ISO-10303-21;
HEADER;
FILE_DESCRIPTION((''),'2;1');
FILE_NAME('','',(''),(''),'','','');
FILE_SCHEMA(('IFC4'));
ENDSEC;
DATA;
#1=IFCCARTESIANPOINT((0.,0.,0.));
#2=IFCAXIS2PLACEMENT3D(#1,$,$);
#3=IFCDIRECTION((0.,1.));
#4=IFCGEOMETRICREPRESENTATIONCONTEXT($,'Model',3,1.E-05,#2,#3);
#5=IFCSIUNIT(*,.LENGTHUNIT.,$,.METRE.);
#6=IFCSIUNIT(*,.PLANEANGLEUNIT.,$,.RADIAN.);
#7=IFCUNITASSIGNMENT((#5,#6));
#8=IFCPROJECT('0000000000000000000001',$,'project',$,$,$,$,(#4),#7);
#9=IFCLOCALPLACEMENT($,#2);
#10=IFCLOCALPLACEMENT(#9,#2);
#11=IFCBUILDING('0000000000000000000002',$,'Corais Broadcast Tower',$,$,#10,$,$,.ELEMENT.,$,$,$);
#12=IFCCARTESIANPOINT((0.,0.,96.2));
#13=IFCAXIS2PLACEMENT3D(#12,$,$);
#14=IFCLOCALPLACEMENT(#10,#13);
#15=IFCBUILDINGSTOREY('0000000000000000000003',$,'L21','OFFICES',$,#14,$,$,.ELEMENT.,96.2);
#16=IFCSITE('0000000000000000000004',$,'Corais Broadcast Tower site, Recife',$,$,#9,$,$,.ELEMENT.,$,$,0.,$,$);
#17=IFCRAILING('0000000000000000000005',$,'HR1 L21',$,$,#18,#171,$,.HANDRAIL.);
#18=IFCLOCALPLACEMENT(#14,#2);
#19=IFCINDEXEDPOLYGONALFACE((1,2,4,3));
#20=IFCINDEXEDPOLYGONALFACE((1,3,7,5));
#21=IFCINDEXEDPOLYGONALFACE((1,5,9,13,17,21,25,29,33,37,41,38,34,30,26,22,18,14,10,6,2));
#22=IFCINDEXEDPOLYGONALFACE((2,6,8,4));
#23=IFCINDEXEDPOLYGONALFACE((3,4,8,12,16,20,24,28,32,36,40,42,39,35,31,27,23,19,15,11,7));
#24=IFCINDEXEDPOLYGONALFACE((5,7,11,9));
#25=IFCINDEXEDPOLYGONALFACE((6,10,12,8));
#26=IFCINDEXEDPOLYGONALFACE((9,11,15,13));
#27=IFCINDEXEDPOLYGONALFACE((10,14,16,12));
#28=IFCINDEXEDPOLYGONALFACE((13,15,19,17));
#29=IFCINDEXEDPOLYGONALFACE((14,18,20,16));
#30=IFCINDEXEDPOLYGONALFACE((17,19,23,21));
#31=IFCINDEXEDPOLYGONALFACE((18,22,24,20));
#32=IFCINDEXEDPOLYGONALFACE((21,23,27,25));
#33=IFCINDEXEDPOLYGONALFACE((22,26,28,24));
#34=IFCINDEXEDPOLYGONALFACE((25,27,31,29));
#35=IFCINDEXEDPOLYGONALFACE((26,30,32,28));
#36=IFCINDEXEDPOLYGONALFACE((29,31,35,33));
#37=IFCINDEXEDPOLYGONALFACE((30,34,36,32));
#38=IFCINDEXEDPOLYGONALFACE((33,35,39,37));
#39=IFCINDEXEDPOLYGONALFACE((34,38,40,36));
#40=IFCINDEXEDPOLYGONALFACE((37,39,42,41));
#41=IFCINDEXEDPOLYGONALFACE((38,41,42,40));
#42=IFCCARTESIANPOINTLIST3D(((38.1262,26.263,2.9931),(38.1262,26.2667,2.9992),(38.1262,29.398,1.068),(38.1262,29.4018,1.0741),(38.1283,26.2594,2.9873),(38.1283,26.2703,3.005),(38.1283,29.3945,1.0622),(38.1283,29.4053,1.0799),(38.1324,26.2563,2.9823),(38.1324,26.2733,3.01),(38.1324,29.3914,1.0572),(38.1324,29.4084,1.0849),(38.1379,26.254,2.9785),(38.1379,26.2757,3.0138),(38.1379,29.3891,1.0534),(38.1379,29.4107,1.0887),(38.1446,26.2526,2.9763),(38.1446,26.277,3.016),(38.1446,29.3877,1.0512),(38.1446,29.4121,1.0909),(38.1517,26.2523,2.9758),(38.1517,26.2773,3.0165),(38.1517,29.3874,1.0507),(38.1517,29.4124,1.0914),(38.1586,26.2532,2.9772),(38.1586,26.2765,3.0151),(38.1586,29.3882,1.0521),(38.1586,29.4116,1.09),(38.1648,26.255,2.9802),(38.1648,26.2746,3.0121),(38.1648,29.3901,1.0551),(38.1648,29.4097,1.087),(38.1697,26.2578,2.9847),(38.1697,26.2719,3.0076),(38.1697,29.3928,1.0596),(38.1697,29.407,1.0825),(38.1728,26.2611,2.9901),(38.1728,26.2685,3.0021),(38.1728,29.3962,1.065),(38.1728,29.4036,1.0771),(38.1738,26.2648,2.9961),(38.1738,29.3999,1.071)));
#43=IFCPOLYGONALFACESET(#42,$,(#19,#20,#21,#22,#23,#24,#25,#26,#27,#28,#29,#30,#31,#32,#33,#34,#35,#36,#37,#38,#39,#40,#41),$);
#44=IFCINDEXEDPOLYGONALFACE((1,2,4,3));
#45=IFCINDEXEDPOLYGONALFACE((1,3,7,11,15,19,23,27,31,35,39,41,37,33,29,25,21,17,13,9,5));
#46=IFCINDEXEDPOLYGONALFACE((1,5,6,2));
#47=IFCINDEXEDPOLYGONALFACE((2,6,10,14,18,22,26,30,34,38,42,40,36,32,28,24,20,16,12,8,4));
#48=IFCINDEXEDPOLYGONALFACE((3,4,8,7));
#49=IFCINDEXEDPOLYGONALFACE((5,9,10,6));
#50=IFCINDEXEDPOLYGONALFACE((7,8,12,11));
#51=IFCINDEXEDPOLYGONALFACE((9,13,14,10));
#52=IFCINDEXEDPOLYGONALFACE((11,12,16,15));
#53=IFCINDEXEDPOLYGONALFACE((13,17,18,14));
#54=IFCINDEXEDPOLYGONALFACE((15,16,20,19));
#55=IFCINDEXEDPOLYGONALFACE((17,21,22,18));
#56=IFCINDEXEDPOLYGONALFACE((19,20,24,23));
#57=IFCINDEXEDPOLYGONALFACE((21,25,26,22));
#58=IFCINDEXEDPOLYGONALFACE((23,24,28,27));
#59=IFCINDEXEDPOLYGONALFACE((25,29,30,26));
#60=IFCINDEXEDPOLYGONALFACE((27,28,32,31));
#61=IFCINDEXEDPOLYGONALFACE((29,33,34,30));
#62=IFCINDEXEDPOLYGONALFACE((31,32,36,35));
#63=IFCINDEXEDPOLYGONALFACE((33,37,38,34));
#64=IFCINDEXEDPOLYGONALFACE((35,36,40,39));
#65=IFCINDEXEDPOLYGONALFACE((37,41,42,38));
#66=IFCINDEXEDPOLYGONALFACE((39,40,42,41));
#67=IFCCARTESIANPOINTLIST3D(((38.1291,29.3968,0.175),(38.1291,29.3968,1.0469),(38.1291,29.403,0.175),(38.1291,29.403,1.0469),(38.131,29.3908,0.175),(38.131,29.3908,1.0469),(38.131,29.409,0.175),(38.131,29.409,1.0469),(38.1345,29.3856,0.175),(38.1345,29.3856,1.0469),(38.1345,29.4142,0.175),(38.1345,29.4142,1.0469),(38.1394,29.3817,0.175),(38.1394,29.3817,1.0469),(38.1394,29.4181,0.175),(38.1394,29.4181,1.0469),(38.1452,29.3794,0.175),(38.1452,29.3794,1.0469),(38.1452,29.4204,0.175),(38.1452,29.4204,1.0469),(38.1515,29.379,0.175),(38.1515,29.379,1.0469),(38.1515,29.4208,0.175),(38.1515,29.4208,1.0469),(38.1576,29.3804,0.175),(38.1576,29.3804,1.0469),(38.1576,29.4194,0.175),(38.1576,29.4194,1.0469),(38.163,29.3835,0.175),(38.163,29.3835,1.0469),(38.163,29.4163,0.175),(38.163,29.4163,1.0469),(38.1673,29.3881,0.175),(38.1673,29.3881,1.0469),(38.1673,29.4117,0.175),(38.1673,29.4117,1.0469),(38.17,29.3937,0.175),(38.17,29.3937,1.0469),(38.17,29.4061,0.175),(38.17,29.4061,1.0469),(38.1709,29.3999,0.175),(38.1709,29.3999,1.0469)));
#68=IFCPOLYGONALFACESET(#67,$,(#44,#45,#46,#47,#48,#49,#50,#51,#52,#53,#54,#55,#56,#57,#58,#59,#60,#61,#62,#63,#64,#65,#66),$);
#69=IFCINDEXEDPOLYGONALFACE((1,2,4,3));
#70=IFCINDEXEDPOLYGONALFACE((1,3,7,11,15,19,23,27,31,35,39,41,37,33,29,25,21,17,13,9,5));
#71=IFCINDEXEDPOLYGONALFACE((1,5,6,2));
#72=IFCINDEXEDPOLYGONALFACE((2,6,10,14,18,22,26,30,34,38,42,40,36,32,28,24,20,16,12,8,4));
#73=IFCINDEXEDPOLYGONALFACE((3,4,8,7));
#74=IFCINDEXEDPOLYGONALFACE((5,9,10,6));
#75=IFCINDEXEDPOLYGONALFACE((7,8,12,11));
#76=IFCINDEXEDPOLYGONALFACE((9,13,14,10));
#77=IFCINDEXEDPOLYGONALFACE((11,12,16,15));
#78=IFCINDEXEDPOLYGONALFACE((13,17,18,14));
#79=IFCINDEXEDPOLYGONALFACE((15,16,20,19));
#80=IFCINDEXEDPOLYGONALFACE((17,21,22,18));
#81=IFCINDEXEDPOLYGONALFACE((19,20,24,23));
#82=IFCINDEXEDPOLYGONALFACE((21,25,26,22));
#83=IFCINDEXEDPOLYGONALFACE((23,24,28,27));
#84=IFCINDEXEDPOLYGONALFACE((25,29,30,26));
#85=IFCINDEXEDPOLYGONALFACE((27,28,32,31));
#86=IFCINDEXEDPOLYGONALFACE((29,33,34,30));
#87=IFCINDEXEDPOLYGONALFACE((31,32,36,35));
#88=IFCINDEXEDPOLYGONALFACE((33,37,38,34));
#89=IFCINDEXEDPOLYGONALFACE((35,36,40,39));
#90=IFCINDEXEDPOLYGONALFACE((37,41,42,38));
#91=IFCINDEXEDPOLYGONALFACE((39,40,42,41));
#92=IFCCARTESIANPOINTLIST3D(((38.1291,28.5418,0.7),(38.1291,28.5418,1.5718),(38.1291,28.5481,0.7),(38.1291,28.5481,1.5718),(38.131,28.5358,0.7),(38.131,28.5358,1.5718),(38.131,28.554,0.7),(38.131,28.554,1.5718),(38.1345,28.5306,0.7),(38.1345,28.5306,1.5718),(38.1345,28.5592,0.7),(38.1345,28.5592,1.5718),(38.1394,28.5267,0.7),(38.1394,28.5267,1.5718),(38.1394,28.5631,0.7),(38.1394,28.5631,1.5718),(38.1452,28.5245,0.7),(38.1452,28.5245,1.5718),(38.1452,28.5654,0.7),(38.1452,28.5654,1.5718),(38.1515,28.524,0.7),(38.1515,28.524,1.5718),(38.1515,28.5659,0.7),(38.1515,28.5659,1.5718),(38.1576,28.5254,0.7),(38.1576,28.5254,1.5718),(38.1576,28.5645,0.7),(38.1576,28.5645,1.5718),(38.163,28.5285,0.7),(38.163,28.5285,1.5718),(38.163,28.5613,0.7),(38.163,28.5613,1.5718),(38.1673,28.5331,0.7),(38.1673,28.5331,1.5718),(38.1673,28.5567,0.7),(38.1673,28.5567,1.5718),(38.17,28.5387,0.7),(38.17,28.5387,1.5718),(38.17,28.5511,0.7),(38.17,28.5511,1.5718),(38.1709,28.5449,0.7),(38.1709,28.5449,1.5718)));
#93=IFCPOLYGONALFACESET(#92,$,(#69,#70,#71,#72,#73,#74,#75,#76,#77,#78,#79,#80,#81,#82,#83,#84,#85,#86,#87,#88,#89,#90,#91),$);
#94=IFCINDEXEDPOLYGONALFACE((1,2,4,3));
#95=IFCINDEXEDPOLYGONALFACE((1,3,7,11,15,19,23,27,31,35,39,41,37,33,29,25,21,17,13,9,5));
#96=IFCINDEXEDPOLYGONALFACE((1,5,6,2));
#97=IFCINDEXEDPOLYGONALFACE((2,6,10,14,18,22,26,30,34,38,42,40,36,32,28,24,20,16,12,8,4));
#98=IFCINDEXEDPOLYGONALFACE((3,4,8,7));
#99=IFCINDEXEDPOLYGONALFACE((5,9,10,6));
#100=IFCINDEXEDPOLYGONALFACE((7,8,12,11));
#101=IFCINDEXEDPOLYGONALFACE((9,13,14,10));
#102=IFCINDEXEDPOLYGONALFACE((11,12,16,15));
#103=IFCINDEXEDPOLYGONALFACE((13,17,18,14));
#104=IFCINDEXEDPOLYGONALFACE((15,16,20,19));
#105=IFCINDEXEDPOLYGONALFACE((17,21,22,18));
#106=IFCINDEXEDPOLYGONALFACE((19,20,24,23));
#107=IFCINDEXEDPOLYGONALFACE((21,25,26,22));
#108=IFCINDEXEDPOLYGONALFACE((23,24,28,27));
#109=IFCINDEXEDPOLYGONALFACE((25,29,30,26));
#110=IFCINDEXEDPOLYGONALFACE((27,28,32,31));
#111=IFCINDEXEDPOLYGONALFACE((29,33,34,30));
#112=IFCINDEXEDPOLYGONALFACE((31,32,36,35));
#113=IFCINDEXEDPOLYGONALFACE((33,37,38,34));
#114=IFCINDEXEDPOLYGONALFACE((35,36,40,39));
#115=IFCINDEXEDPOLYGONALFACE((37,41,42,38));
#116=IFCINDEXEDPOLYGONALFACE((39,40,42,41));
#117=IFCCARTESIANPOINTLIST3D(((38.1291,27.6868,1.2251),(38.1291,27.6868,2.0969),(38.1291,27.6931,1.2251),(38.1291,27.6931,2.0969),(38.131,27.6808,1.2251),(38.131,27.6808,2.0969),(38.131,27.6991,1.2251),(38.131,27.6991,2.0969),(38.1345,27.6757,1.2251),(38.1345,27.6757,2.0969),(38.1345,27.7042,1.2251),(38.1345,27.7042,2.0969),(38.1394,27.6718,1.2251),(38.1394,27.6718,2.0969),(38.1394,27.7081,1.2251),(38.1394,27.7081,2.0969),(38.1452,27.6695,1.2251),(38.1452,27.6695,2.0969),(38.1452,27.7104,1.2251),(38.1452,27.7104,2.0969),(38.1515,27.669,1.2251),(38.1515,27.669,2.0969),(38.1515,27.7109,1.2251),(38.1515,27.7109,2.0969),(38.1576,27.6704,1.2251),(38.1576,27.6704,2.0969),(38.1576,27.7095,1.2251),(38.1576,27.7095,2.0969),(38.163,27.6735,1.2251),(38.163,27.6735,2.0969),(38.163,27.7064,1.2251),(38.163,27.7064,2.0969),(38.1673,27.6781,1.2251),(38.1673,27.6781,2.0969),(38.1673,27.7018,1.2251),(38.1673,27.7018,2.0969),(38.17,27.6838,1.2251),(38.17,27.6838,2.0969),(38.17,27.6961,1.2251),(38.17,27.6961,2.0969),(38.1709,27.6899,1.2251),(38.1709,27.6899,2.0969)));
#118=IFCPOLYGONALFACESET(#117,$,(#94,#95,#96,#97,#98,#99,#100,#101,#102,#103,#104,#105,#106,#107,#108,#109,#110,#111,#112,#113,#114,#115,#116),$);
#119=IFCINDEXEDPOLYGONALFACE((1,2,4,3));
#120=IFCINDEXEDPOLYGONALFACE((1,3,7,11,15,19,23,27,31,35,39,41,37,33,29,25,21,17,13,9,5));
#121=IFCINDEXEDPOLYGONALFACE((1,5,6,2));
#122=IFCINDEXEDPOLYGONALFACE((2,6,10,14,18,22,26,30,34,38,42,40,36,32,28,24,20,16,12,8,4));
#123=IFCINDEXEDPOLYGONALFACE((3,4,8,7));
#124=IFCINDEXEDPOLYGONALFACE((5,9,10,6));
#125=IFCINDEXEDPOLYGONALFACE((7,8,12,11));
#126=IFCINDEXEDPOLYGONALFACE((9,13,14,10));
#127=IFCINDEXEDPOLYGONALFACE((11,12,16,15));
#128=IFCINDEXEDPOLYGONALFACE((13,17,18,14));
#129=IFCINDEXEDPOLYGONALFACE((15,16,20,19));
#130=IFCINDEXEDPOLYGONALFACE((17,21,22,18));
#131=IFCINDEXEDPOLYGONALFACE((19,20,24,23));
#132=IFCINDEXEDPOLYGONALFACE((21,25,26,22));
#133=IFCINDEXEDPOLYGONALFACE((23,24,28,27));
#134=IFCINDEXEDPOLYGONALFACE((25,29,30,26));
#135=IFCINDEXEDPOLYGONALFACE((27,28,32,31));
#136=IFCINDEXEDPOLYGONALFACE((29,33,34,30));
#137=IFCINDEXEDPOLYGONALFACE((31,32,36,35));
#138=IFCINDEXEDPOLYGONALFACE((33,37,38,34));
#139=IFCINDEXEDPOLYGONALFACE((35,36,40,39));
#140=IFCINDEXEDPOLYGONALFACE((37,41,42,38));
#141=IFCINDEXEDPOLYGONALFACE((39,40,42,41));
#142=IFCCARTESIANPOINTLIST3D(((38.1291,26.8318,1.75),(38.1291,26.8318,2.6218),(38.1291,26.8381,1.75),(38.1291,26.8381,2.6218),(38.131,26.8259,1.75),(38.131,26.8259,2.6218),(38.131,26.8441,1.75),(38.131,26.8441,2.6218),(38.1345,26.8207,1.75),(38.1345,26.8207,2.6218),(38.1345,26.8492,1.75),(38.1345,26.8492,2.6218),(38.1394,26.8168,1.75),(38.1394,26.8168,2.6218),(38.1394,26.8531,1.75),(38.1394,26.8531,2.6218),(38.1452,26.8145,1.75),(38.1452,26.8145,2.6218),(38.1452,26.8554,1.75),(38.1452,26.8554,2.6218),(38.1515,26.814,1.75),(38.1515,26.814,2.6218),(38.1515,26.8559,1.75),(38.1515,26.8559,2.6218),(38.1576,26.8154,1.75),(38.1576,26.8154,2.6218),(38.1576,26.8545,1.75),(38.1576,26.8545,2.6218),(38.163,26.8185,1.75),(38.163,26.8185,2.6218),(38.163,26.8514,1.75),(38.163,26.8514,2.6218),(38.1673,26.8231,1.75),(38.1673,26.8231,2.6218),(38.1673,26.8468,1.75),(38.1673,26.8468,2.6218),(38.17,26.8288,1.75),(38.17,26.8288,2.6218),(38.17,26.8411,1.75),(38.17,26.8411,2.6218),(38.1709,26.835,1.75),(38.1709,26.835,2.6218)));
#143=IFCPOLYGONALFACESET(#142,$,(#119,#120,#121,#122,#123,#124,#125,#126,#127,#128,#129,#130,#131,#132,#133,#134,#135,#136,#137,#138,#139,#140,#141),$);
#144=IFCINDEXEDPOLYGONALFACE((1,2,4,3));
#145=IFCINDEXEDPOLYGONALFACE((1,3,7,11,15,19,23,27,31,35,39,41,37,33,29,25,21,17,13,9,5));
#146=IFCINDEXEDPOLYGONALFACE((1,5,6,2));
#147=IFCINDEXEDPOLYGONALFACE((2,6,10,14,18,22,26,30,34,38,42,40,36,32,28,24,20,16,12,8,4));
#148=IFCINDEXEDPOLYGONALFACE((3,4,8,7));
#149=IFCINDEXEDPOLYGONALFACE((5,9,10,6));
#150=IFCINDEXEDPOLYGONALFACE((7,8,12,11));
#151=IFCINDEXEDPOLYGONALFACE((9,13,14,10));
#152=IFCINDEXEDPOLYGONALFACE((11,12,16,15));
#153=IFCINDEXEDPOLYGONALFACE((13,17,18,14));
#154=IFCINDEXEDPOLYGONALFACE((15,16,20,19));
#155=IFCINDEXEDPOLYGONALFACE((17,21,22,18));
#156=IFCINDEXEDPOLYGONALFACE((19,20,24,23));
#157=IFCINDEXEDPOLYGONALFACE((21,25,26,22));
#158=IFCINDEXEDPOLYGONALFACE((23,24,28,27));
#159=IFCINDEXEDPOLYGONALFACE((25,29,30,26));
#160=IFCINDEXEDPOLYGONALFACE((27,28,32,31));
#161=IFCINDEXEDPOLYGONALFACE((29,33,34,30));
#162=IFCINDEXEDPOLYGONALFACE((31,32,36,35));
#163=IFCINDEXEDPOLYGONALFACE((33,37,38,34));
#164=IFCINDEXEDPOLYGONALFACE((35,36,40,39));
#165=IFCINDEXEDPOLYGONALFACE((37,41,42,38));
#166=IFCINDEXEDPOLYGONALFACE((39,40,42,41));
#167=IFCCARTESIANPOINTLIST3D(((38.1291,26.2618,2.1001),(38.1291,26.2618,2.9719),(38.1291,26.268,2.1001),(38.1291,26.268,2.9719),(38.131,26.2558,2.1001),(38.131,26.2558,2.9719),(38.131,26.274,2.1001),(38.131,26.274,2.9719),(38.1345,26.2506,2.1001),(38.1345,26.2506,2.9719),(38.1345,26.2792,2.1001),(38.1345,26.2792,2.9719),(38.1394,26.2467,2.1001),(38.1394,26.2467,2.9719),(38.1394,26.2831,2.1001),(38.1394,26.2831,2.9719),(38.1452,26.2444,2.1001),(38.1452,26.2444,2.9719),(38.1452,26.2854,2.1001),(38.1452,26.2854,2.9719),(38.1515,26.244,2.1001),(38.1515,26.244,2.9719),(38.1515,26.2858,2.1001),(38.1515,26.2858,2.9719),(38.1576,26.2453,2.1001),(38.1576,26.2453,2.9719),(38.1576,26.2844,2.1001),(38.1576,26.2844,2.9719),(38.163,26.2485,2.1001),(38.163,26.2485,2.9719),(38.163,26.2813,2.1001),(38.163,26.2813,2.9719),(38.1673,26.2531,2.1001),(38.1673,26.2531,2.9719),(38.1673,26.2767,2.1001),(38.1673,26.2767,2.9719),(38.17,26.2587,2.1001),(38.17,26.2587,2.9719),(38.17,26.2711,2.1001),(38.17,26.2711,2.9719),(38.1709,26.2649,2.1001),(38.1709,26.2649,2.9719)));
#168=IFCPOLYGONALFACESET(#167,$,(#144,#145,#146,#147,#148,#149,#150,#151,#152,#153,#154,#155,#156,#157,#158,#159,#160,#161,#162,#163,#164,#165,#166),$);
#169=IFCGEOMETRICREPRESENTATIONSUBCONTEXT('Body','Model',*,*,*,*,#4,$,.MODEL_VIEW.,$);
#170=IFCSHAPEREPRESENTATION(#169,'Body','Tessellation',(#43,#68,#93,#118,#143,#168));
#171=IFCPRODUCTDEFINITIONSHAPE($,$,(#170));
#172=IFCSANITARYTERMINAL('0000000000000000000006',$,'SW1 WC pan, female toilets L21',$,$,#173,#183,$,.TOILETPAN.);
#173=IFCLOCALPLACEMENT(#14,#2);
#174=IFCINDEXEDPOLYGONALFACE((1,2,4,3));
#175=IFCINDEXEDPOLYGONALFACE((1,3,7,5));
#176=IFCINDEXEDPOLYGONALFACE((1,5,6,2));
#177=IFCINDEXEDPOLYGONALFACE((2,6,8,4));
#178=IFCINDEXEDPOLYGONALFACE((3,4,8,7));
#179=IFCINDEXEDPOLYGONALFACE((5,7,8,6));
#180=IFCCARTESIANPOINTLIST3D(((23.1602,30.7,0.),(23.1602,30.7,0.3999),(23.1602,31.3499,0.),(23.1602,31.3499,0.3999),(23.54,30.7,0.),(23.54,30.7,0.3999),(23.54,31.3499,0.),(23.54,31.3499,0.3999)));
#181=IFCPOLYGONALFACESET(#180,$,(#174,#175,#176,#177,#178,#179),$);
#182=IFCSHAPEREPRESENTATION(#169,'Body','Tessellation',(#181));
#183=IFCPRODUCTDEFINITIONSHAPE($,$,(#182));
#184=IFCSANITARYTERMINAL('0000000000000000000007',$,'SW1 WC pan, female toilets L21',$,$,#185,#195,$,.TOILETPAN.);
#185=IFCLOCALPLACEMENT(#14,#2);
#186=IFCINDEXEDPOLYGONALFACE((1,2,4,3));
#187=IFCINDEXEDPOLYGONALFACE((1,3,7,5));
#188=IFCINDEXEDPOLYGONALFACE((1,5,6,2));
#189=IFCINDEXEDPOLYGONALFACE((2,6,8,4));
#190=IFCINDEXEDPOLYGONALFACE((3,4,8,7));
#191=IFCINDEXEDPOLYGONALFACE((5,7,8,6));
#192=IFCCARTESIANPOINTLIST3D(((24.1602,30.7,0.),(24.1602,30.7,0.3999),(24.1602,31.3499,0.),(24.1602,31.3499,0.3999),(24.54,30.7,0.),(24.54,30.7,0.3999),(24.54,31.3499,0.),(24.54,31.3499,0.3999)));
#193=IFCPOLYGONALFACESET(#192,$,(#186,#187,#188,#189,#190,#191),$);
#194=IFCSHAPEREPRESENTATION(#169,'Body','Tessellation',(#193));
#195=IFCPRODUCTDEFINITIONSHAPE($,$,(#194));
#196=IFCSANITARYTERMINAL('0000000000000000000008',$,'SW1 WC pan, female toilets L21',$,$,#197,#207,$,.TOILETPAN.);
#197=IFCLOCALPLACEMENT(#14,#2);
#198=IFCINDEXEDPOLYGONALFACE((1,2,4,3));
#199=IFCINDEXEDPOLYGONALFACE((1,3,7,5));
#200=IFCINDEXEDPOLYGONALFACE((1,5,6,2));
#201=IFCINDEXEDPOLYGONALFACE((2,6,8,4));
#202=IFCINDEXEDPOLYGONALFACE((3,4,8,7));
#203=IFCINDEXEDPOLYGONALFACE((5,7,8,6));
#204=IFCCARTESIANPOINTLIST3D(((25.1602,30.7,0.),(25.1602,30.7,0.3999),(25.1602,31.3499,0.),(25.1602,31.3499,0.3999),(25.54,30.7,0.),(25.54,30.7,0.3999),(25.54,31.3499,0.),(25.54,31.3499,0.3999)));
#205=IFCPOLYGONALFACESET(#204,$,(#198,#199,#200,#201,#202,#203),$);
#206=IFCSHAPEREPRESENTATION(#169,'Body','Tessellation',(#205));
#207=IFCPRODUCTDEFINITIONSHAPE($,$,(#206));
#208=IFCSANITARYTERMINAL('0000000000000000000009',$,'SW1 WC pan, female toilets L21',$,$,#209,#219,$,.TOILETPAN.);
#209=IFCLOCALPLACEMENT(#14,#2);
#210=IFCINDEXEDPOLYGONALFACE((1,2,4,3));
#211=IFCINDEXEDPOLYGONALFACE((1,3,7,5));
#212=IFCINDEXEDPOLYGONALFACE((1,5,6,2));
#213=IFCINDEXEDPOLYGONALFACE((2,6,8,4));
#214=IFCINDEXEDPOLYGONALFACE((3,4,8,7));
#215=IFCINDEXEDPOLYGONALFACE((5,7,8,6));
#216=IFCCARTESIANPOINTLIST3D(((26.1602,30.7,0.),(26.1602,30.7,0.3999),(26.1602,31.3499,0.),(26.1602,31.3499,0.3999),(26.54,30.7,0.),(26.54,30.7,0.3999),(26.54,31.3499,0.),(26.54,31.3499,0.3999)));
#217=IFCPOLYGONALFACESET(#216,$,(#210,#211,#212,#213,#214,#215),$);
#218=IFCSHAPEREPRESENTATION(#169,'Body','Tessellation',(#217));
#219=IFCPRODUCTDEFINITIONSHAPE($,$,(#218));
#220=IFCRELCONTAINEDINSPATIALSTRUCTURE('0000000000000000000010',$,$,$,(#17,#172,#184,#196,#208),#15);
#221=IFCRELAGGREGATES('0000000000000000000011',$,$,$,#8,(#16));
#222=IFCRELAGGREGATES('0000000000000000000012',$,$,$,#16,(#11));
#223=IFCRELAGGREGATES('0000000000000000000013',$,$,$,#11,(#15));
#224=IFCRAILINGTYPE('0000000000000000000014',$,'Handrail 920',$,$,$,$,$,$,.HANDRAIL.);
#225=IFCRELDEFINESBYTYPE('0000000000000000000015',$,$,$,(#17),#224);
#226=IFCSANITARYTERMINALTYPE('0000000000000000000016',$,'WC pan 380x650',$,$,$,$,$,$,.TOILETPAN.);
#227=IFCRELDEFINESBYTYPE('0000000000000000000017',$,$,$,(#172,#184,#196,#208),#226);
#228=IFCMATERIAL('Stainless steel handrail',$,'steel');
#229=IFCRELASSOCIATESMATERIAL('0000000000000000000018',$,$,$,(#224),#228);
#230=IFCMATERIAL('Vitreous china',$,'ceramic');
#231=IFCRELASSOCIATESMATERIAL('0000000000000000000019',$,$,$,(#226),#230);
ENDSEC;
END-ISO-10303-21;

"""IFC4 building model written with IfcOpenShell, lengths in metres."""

from ifc_helpers import new_model, si_unit, direction, frame, origin, origin_2d, place, context, subcontext, project, spatial, rectangle, circle, extrude, material, type_object, element, save


model = new_model("IFC4")

# Units and contexts
model_context = context("Model", 3, precision=1e-05, world=origin(), true_north=direction((0.0, 1.0)))
body_context = subcontext(model_context, "Body", "Model", "MODEL_VIEW")
ifc_project = project(units=[si_unit("LENGTHUNIT", "METRE"), si_unit("PLANEANGLEUNIT", "RADIAN")], contexts=[model_context])

# Site, building, storey
site_placement = place(None, origin())
site = spatial("IfcSite", under=ifc_project, at=site_placement, Name="Corais Broadcast Tower site, Recife", CompositionType="ELEMENT", RefElevation=0.0)
building_placement = place(site_placement, origin())
building = spatial("IfcBuilding", under=site, at=building_placement, Name="Corais Broadcast Tower", CompositionType="ELEMENT")
storey_placement = place(building_placement, frame((0.0, 0.0, 96.2)))
storey = spatial("IfcBuildingStorey", under=building, at=storey_placement, Name="L21", Description="OFFICES", CompositionType="ELEMENT", Elevation=96.2)

# Railing
ifc_material_1 = material(Name="Stainless steel handrail", Category="steel")
railing_type = type_object("IfcRailingType", Name="Handrail 920", PredefinedType="HANDRAIL", material=ifc_material_1)
for number, where, name in (
    (1, (38.1499, 29.3999, 0.175), "HR1 L21"),
):
    element("IfcRailing", number, at=place(storey_placement, frame(where)), inside=storey, type_object=railing_type, Name=name, PredefinedType="HANDRAIL", context=body_context, shape_type="SweptSolid", body=[
        extrude(circle(Radius=0.0239, at=origin_2d()), frame((0.0, 0.0, 0.896), z_axis=(0.0, -0.852166, 0.523271), x_axis=(1.0, 0.0, 0.0)), (0.0, 0.0, 1.0), 3.679),
        extrude(circle(Radius=0.021, at=origin_2d()), origin(), (0.0, 0.0, 1.0), 0.8718),
        extrude(circle(Radius=0.021, at=origin_2d()), frame((0.0, -0.855, 0.5249)), (0.0, 0.0, 1.0), 0.8718),
        extrude(circle(Radius=0.021, at=origin_2d()), frame((0.0, -1.71, 1.05)), (0.0, 0.0, 1.0), 0.8718),
        extrude(circle(Radius=0.021, at=origin_2d()), frame((0.0, -2.5649, 1.575)), (0.0, 0.0, 1.0), 0.8718),
        extrude(circle(Radius=0.021, at=origin_2d()), frame((0.0, -3.135, 1.925)), (0.0, 0.0, 1.0), 0.8718),
    ])

# Sanitary terminals
ifc_material_2 = material(Name="Vitreous china", Category="ceramic")
sanitary_terminal_type_1 = type_object("IfcSanitaryTerminalType", Name="WC pan 380x650", PredefinedType="TOILETPAN", material=ifc_material_2)
for number, where, z_axis, x_axis, name in (
    (2, (23.3501, 31.0249, 0.0), (0.0, 0.0, 1.0), (1.0, 0.0, 0.0), "SW1 WC pan, female toilets L21"),
    (3, (24.3501, 31.0249, 0.0), (0.0, 0.0, 1.0), (1.0, 0.0, 0.0), "SW1 WC pan, female toilets L21"),
    (4, (25.3501, 31.0249, 0.0), (0.0, 0.0, 1.0), (1.0, 0.0, 0.0), "SW1 WC pan, female toilets L21"),
    (5, (26.3501, 31.0249, 0.0), (0.0, 0.0, 1.0), (1.0, 0.0, 0.0), "SW1 WC pan, female toilets L21"),
):
    element("IfcSanitaryTerminal", number, at=place(storey_placement, frame(where, z_axis=z_axis, x_axis=x_axis)), inside=storey, type_object=sanitary_terminal_type_1, Name=name, PredefinedType="TOILETPAN", context=body_context, shape_type="SweptSolid", body=[
        extrude(rectangle(XDim=0.3799, YDim=0.6499, at=origin_2d()), origin(), (0.0, 0.0, 1.0), 0.3999),
    ])

save(model, "model.ifc")
